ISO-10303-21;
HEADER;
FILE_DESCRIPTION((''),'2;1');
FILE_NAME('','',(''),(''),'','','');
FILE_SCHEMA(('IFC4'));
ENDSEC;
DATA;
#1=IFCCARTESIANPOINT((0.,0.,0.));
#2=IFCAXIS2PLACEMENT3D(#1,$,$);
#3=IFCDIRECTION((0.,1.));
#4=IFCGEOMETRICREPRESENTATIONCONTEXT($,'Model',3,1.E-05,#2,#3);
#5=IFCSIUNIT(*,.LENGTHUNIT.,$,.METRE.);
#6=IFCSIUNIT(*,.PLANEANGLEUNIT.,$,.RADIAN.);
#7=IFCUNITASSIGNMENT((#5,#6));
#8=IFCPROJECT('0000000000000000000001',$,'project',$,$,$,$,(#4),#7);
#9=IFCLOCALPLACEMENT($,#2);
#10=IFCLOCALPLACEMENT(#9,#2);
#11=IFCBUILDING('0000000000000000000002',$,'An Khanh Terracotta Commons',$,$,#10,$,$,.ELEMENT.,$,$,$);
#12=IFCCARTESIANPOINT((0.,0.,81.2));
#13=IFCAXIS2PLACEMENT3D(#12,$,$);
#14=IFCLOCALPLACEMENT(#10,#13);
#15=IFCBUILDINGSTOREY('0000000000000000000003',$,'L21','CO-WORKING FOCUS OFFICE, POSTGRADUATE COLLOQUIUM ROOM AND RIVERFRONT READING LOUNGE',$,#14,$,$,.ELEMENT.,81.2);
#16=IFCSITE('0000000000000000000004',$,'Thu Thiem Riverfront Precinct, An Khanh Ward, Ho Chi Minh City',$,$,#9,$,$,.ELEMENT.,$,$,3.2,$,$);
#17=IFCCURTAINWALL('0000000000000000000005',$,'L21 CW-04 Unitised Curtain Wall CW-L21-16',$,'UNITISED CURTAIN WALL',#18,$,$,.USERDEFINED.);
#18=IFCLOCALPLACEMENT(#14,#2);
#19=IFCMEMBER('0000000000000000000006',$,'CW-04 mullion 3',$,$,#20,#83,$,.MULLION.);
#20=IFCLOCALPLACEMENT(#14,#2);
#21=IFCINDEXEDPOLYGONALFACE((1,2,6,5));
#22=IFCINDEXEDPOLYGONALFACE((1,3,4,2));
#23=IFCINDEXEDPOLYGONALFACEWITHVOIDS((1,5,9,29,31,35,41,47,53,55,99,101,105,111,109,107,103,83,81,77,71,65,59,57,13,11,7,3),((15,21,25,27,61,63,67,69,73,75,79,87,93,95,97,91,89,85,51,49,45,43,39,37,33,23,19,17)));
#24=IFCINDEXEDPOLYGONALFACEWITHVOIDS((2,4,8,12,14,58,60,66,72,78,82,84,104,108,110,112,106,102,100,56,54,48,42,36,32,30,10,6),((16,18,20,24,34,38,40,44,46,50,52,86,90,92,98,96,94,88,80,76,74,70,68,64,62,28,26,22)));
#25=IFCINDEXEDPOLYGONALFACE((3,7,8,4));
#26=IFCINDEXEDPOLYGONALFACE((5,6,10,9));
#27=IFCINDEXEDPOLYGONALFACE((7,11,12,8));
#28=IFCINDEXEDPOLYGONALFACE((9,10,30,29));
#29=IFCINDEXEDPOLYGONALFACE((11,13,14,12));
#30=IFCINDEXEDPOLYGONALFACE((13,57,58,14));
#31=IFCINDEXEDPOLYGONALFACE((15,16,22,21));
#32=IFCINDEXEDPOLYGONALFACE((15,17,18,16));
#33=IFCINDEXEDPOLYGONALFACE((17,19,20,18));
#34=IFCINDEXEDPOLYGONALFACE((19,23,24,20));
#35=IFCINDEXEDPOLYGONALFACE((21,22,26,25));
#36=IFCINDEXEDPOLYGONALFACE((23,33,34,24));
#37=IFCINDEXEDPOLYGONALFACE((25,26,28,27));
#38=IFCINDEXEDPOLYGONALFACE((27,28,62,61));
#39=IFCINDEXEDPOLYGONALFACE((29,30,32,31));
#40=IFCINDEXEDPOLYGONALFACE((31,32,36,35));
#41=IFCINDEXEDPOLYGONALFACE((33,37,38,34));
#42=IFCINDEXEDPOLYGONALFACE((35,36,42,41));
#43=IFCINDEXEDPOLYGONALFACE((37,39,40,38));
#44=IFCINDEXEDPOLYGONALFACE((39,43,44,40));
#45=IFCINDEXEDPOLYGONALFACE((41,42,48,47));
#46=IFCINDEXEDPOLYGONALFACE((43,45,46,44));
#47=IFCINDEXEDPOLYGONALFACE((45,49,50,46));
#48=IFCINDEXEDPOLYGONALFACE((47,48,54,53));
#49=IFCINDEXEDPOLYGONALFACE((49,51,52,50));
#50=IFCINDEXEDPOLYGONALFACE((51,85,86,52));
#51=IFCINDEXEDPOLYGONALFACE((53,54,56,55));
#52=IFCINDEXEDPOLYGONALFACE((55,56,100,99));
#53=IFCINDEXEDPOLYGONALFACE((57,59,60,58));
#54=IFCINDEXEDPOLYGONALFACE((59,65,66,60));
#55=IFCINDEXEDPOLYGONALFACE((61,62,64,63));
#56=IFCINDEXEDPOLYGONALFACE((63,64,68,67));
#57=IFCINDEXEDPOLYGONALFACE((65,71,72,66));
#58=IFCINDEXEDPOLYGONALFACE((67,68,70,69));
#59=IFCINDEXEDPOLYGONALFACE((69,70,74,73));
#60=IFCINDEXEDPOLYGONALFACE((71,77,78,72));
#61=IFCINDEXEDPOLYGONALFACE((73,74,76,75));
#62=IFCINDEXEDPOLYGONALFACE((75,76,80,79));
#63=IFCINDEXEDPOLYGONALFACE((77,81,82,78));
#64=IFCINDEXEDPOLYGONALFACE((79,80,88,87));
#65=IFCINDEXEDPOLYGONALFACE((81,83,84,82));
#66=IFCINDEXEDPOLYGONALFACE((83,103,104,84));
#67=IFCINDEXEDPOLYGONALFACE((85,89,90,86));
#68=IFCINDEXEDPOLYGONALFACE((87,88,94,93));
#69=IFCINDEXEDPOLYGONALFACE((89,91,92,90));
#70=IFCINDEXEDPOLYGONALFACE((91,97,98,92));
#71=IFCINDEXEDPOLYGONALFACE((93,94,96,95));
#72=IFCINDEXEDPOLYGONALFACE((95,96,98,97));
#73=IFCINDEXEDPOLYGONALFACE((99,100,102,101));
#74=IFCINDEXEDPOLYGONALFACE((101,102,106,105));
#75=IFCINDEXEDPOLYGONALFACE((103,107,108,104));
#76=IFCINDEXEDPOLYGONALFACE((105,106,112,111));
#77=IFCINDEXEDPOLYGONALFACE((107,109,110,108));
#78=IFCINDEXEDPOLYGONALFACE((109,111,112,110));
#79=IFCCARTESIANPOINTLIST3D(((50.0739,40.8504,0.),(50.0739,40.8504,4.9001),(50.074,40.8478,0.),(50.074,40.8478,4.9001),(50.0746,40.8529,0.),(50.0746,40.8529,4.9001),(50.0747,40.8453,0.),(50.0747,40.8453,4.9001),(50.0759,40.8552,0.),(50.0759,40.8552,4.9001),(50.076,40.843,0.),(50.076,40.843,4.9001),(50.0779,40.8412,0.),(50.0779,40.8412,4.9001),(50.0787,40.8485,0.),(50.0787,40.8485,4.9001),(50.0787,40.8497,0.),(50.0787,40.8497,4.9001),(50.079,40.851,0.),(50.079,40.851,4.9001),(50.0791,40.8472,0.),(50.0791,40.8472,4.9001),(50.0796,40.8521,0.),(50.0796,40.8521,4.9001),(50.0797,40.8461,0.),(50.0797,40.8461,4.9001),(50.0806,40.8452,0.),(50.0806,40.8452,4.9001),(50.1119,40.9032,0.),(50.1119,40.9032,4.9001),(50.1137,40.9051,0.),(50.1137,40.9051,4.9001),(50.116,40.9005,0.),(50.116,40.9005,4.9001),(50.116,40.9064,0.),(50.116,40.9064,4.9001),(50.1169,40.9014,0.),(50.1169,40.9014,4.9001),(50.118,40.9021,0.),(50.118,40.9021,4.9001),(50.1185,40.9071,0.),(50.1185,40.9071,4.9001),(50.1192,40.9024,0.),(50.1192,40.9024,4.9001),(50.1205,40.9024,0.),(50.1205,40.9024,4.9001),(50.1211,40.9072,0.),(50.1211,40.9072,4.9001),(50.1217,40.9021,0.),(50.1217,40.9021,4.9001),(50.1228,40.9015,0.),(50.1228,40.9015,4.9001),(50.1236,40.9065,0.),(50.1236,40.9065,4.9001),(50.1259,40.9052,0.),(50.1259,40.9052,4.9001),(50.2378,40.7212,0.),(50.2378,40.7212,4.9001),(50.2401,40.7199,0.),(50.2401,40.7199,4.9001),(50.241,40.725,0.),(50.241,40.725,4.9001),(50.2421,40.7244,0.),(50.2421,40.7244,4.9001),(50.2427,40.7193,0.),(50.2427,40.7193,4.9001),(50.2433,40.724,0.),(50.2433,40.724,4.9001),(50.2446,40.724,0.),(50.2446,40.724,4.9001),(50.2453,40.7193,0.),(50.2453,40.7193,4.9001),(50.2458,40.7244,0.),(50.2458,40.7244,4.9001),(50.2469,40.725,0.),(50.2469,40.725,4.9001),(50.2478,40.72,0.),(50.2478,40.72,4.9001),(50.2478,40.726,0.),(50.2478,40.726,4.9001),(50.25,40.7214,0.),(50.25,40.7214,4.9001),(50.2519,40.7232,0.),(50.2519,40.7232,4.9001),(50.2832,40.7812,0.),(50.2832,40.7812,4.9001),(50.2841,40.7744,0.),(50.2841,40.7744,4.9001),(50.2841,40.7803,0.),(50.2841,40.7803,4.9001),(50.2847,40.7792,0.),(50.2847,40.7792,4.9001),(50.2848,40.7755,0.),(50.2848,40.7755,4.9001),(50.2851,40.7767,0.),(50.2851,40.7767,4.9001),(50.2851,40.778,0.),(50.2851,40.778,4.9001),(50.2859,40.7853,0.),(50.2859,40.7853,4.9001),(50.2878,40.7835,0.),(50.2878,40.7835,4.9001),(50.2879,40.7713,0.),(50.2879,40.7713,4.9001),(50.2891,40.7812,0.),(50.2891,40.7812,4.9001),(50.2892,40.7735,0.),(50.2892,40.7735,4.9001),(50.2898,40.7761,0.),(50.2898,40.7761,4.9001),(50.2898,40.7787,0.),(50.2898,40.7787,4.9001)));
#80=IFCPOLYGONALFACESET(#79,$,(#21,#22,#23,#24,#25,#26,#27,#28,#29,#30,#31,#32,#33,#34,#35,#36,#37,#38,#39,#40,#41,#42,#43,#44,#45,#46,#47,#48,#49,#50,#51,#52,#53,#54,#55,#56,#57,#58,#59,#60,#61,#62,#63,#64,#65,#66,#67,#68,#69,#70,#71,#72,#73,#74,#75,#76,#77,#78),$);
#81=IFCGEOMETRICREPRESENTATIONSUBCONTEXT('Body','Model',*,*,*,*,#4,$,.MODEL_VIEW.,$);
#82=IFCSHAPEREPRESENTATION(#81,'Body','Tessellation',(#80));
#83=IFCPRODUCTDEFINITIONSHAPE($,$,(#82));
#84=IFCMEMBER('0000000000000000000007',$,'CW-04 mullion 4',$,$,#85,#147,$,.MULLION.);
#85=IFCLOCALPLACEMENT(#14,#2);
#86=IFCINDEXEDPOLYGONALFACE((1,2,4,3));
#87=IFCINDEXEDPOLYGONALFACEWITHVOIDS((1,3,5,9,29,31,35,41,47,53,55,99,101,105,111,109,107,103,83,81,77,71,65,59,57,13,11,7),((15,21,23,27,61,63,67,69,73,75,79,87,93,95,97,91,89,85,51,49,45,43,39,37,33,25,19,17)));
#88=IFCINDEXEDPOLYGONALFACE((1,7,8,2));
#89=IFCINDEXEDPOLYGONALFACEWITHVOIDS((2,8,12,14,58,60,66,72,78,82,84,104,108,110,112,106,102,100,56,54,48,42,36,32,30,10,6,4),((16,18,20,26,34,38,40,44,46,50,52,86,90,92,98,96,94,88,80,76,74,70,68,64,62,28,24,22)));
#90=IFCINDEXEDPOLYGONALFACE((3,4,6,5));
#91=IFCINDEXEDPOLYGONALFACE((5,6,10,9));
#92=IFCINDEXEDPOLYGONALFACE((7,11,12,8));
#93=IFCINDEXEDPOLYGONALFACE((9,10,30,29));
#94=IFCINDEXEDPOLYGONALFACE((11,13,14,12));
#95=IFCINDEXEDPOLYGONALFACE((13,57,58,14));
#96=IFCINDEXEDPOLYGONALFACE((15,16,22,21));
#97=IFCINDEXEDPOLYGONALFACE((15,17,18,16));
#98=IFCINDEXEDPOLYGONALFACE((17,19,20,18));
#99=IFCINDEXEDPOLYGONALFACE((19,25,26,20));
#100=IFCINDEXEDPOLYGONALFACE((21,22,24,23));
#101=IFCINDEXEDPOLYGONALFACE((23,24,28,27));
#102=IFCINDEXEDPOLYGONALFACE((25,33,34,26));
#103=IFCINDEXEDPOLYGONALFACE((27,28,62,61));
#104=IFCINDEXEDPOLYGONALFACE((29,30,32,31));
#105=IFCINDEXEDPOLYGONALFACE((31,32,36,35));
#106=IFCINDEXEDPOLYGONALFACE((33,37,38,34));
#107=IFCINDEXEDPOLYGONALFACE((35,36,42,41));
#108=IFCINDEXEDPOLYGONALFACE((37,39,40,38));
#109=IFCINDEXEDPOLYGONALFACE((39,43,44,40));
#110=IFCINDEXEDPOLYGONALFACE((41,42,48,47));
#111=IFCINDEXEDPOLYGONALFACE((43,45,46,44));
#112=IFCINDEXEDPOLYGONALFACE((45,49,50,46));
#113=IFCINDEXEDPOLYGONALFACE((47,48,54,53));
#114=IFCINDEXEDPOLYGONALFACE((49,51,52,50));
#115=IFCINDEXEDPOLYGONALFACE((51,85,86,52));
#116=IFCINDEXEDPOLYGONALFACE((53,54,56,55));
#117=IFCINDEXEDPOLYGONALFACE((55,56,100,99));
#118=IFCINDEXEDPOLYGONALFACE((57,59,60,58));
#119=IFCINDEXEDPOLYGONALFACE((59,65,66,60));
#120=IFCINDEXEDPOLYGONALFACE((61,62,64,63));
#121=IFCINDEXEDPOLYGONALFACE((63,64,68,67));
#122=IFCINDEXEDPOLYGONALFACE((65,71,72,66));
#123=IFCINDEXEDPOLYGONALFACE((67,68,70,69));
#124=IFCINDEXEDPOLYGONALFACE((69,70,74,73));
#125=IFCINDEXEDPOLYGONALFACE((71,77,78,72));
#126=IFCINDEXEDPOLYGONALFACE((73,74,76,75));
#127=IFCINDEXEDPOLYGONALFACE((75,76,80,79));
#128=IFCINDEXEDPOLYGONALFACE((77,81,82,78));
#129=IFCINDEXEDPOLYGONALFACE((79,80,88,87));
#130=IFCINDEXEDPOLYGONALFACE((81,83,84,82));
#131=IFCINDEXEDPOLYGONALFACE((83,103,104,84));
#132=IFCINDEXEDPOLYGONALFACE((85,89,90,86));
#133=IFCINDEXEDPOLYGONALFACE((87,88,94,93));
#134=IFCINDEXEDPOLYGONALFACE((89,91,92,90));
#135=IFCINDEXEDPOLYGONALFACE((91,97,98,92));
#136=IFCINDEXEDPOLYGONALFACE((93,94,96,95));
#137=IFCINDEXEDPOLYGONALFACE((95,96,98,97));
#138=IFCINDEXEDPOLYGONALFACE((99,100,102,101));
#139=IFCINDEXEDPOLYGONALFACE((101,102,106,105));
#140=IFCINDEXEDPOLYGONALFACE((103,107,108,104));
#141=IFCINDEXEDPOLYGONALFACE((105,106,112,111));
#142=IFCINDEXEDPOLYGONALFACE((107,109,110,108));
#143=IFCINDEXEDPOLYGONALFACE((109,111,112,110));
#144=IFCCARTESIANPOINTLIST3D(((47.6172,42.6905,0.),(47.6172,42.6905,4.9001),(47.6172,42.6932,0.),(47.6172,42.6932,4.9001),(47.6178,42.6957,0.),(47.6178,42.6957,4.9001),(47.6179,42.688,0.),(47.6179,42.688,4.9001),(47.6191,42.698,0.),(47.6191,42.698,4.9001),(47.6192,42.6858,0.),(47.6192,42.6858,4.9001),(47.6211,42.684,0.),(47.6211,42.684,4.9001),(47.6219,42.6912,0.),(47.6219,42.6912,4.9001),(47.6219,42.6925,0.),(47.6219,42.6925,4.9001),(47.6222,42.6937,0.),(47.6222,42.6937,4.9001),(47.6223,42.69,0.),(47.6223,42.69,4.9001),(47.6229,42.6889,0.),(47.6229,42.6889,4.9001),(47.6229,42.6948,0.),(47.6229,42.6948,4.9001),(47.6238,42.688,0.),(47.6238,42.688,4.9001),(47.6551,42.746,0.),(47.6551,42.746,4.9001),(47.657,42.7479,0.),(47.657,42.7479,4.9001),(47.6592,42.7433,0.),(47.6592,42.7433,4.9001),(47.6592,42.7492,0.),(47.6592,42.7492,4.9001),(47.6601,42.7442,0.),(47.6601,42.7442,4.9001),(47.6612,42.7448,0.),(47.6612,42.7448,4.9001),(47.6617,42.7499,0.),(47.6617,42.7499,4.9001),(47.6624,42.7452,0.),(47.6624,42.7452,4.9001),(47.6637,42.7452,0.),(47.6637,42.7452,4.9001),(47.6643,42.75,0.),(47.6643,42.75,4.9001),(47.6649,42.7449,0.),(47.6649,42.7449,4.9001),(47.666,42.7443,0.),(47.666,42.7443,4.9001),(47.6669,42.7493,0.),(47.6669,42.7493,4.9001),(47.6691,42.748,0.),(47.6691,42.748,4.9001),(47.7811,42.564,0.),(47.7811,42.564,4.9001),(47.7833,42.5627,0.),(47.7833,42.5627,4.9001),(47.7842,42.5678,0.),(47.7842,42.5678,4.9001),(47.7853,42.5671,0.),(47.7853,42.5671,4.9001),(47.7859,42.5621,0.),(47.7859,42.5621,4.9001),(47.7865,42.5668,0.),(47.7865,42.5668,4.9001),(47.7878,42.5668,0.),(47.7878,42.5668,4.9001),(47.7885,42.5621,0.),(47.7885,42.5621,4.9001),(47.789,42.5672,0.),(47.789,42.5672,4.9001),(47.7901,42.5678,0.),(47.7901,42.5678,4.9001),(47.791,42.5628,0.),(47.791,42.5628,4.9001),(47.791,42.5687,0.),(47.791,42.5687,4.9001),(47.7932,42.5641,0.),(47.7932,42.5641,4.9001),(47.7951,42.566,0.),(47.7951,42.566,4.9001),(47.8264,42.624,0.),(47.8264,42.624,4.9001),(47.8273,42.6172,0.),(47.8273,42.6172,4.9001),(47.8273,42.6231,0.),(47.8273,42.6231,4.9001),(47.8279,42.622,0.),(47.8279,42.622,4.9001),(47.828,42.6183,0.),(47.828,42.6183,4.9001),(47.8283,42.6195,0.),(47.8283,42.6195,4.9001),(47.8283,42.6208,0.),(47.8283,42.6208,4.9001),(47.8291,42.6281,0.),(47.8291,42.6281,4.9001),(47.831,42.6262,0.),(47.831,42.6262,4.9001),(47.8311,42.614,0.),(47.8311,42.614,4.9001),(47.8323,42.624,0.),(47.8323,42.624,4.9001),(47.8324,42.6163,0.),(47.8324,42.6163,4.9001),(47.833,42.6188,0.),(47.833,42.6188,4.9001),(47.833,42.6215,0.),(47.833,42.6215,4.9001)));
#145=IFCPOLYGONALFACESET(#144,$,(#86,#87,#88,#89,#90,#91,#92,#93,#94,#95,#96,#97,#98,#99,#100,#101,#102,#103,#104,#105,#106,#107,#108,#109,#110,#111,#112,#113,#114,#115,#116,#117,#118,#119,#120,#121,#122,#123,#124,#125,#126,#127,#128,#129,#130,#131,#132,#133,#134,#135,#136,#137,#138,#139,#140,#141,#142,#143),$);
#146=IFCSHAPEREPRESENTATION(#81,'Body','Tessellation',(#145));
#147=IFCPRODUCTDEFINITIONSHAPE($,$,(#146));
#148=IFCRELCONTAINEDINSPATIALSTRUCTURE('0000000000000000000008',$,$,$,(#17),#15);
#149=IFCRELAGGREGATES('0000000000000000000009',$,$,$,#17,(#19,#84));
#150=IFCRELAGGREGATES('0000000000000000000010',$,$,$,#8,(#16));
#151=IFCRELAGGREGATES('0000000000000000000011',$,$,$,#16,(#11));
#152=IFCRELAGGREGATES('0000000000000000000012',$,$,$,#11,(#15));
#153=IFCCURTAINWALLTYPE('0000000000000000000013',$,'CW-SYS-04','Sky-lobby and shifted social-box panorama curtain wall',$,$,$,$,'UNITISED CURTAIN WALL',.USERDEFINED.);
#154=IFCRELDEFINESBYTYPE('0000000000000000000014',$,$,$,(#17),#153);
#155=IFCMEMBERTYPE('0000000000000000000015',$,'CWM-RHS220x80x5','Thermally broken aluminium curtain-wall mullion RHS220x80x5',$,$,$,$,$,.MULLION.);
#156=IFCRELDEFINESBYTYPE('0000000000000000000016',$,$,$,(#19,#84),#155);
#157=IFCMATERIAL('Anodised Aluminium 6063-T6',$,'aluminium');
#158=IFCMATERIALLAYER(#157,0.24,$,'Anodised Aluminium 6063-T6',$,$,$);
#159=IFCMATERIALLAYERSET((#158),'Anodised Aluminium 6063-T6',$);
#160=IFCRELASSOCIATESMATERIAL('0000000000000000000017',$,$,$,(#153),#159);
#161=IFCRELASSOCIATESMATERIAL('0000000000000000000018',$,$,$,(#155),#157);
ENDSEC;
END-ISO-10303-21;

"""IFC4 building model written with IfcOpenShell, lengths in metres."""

from ifc_helpers import new_model, si_unit, direction, frame, origin, origin_2d, place, context, subcontext, project, spatial, hollow_rectangle, extrude, material, layer, layer_set, material_profile, profile_set, type_object, element, aggregate, save


model = new_model("IFC4")

# Units and contexts
model_context = context("Model", 3, precision=1e-05, world=origin(), true_north=direction((0.0, 1.0)))
body_context = subcontext(model_context, "Body", "Model", "MODEL_VIEW")
ifc_project = project(units=[si_unit("LENGTHUNIT", "METRE"), si_unit("PLANEANGLEUNIT", "RADIAN")], contexts=[model_context])

# Site, building, storey
site_placement = place(None, origin())
site = spatial("IfcSite", under=ifc_project, at=site_placement, Name="Thu Thiem Riverfront Precinct, An Khanh Ward, Ho Chi Minh City", CompositionType="ELEMENT", RefElevation=3.2)
building_placement = place(site_placement, origin())
building = spatial("IfcBuilding", under=site, at=building_placement, Name="An Khanh Terracotta Commons", CompositionType="ELEMENT")
storey_placement = place(building_placement, frame((0.0, 0.0, 81.2)))
storey = spatial("IfcBuildingStorey", under=building, at=storey_placement, Name="L21", Description="CO-WORKING FOCUS OFFICE, POSTGRADUATE COLLOQUIUM ROOM AND RIVERFRONT READING LOUNGE", CompositionType="ELEMENT", Elevation=81.2)

# Curtain wall, members
ifc_material_1 = material(Name="Anodised Aluminium 6063-T6", Category="aluminium")
ifc_layer_1 = layer(ifc_material_1, 0.24, Name="Anodised Aluminium 6063-T6")
ifc_layer_set_1 = layer_set([ifc_layer_1], Name="Anodised Aluminium 6063-T6")
curtain_wall_type = type_object("IfcCurtainWallType", Name="CW-SYS-04", Description="Sky-lobby and shifted social-box panorama curtain wall", ElementType="UNITISED CURTAIN WALL", PredefinedType="USERDEFINED", material=ifc_layer_set_1)
curtain_wall_placement = place(storey_placement, origin())
curtain_wall = element("IfcCurtainWall", 1, at=curtain_wall_placement, inside=storey, type_object=curtain_wall_type, Name="L21 CW-04 Unitised Curtain Wall CW-L21-16", ObjectType="UNITISED CURTAIN WALL", PredefinedType="USERDEFINED")
ifc_material_profile_1 = material_profile(ifc_material_1, hollow_rectangle(XDim=0.0801, YDim=0.22, WallThickness=0.0049, InnerFilletRadius=0.0049, OuterFilletRadius=0.01, at=origin_2d()), Name="RHS220x80x5")
ifc_profile_set_1 = profile_set([ifc_material_profile_1], Name="Anodised Aluminium 6063-T6")
member_type_1 = type_object("IfcMemberType", Name="CWM-RHS220x80x5", Description="Thermally broken aluminium curtain-wall mullion RHS220x80x5", PredefinedType="MULLION", material=ifc_profile_set_1)
member_1_placement = place(storey_placement, frame((50.1819, 40.8132, 0.0), z_axis=(0.0, 0.0, 1.0), x_axis=(-0.599983, -0.800013, 0.0)))
member_1 = element("IfcMember", 2, at=member_1_placement, type_object=member_type_1, Name="CW-04 mullion 3", PredefinedType="MULLION", context=body_context, shape_type="SweptSolid", body=[
    extrude(hollow_rectangle(XDim=0.0801, YDim=0.22, WallThickness=0.0049, InnerFilletRadius=0.0049, OuterFilletRadius=0.01, at=origin_2d()), origin(), (0.0, 0.0, 1.0), 4.9001),
])
member_2_placement = place(storey_placement, frame((47.7251, 42.656, 0.0), z_axis=(0.0, 0.0, 1.0), x_axis=(-0.599983, -0.800013, 0.0)))
member_2 = element("IfcMember", 3, at=member_2_placement, type_object=member_type_1, Name="CW-04 mullion 4", PredefinedType="MULLION", context=body_context, shape_type="SweptSolid", body=[
    extrude(hollow_rectangle(XDim=0.0801, YDim=0.22, WallThickness=0.0049, InnerFilletRadius=0.0049, OuterFilletRadius=0.01, at=origin_2d()), origin(), (0.0, 0.0, 1.0), 4.9001),
])
aggregate(curtain_wall, [member_1, member_2])

save(model, "model.ifc")
